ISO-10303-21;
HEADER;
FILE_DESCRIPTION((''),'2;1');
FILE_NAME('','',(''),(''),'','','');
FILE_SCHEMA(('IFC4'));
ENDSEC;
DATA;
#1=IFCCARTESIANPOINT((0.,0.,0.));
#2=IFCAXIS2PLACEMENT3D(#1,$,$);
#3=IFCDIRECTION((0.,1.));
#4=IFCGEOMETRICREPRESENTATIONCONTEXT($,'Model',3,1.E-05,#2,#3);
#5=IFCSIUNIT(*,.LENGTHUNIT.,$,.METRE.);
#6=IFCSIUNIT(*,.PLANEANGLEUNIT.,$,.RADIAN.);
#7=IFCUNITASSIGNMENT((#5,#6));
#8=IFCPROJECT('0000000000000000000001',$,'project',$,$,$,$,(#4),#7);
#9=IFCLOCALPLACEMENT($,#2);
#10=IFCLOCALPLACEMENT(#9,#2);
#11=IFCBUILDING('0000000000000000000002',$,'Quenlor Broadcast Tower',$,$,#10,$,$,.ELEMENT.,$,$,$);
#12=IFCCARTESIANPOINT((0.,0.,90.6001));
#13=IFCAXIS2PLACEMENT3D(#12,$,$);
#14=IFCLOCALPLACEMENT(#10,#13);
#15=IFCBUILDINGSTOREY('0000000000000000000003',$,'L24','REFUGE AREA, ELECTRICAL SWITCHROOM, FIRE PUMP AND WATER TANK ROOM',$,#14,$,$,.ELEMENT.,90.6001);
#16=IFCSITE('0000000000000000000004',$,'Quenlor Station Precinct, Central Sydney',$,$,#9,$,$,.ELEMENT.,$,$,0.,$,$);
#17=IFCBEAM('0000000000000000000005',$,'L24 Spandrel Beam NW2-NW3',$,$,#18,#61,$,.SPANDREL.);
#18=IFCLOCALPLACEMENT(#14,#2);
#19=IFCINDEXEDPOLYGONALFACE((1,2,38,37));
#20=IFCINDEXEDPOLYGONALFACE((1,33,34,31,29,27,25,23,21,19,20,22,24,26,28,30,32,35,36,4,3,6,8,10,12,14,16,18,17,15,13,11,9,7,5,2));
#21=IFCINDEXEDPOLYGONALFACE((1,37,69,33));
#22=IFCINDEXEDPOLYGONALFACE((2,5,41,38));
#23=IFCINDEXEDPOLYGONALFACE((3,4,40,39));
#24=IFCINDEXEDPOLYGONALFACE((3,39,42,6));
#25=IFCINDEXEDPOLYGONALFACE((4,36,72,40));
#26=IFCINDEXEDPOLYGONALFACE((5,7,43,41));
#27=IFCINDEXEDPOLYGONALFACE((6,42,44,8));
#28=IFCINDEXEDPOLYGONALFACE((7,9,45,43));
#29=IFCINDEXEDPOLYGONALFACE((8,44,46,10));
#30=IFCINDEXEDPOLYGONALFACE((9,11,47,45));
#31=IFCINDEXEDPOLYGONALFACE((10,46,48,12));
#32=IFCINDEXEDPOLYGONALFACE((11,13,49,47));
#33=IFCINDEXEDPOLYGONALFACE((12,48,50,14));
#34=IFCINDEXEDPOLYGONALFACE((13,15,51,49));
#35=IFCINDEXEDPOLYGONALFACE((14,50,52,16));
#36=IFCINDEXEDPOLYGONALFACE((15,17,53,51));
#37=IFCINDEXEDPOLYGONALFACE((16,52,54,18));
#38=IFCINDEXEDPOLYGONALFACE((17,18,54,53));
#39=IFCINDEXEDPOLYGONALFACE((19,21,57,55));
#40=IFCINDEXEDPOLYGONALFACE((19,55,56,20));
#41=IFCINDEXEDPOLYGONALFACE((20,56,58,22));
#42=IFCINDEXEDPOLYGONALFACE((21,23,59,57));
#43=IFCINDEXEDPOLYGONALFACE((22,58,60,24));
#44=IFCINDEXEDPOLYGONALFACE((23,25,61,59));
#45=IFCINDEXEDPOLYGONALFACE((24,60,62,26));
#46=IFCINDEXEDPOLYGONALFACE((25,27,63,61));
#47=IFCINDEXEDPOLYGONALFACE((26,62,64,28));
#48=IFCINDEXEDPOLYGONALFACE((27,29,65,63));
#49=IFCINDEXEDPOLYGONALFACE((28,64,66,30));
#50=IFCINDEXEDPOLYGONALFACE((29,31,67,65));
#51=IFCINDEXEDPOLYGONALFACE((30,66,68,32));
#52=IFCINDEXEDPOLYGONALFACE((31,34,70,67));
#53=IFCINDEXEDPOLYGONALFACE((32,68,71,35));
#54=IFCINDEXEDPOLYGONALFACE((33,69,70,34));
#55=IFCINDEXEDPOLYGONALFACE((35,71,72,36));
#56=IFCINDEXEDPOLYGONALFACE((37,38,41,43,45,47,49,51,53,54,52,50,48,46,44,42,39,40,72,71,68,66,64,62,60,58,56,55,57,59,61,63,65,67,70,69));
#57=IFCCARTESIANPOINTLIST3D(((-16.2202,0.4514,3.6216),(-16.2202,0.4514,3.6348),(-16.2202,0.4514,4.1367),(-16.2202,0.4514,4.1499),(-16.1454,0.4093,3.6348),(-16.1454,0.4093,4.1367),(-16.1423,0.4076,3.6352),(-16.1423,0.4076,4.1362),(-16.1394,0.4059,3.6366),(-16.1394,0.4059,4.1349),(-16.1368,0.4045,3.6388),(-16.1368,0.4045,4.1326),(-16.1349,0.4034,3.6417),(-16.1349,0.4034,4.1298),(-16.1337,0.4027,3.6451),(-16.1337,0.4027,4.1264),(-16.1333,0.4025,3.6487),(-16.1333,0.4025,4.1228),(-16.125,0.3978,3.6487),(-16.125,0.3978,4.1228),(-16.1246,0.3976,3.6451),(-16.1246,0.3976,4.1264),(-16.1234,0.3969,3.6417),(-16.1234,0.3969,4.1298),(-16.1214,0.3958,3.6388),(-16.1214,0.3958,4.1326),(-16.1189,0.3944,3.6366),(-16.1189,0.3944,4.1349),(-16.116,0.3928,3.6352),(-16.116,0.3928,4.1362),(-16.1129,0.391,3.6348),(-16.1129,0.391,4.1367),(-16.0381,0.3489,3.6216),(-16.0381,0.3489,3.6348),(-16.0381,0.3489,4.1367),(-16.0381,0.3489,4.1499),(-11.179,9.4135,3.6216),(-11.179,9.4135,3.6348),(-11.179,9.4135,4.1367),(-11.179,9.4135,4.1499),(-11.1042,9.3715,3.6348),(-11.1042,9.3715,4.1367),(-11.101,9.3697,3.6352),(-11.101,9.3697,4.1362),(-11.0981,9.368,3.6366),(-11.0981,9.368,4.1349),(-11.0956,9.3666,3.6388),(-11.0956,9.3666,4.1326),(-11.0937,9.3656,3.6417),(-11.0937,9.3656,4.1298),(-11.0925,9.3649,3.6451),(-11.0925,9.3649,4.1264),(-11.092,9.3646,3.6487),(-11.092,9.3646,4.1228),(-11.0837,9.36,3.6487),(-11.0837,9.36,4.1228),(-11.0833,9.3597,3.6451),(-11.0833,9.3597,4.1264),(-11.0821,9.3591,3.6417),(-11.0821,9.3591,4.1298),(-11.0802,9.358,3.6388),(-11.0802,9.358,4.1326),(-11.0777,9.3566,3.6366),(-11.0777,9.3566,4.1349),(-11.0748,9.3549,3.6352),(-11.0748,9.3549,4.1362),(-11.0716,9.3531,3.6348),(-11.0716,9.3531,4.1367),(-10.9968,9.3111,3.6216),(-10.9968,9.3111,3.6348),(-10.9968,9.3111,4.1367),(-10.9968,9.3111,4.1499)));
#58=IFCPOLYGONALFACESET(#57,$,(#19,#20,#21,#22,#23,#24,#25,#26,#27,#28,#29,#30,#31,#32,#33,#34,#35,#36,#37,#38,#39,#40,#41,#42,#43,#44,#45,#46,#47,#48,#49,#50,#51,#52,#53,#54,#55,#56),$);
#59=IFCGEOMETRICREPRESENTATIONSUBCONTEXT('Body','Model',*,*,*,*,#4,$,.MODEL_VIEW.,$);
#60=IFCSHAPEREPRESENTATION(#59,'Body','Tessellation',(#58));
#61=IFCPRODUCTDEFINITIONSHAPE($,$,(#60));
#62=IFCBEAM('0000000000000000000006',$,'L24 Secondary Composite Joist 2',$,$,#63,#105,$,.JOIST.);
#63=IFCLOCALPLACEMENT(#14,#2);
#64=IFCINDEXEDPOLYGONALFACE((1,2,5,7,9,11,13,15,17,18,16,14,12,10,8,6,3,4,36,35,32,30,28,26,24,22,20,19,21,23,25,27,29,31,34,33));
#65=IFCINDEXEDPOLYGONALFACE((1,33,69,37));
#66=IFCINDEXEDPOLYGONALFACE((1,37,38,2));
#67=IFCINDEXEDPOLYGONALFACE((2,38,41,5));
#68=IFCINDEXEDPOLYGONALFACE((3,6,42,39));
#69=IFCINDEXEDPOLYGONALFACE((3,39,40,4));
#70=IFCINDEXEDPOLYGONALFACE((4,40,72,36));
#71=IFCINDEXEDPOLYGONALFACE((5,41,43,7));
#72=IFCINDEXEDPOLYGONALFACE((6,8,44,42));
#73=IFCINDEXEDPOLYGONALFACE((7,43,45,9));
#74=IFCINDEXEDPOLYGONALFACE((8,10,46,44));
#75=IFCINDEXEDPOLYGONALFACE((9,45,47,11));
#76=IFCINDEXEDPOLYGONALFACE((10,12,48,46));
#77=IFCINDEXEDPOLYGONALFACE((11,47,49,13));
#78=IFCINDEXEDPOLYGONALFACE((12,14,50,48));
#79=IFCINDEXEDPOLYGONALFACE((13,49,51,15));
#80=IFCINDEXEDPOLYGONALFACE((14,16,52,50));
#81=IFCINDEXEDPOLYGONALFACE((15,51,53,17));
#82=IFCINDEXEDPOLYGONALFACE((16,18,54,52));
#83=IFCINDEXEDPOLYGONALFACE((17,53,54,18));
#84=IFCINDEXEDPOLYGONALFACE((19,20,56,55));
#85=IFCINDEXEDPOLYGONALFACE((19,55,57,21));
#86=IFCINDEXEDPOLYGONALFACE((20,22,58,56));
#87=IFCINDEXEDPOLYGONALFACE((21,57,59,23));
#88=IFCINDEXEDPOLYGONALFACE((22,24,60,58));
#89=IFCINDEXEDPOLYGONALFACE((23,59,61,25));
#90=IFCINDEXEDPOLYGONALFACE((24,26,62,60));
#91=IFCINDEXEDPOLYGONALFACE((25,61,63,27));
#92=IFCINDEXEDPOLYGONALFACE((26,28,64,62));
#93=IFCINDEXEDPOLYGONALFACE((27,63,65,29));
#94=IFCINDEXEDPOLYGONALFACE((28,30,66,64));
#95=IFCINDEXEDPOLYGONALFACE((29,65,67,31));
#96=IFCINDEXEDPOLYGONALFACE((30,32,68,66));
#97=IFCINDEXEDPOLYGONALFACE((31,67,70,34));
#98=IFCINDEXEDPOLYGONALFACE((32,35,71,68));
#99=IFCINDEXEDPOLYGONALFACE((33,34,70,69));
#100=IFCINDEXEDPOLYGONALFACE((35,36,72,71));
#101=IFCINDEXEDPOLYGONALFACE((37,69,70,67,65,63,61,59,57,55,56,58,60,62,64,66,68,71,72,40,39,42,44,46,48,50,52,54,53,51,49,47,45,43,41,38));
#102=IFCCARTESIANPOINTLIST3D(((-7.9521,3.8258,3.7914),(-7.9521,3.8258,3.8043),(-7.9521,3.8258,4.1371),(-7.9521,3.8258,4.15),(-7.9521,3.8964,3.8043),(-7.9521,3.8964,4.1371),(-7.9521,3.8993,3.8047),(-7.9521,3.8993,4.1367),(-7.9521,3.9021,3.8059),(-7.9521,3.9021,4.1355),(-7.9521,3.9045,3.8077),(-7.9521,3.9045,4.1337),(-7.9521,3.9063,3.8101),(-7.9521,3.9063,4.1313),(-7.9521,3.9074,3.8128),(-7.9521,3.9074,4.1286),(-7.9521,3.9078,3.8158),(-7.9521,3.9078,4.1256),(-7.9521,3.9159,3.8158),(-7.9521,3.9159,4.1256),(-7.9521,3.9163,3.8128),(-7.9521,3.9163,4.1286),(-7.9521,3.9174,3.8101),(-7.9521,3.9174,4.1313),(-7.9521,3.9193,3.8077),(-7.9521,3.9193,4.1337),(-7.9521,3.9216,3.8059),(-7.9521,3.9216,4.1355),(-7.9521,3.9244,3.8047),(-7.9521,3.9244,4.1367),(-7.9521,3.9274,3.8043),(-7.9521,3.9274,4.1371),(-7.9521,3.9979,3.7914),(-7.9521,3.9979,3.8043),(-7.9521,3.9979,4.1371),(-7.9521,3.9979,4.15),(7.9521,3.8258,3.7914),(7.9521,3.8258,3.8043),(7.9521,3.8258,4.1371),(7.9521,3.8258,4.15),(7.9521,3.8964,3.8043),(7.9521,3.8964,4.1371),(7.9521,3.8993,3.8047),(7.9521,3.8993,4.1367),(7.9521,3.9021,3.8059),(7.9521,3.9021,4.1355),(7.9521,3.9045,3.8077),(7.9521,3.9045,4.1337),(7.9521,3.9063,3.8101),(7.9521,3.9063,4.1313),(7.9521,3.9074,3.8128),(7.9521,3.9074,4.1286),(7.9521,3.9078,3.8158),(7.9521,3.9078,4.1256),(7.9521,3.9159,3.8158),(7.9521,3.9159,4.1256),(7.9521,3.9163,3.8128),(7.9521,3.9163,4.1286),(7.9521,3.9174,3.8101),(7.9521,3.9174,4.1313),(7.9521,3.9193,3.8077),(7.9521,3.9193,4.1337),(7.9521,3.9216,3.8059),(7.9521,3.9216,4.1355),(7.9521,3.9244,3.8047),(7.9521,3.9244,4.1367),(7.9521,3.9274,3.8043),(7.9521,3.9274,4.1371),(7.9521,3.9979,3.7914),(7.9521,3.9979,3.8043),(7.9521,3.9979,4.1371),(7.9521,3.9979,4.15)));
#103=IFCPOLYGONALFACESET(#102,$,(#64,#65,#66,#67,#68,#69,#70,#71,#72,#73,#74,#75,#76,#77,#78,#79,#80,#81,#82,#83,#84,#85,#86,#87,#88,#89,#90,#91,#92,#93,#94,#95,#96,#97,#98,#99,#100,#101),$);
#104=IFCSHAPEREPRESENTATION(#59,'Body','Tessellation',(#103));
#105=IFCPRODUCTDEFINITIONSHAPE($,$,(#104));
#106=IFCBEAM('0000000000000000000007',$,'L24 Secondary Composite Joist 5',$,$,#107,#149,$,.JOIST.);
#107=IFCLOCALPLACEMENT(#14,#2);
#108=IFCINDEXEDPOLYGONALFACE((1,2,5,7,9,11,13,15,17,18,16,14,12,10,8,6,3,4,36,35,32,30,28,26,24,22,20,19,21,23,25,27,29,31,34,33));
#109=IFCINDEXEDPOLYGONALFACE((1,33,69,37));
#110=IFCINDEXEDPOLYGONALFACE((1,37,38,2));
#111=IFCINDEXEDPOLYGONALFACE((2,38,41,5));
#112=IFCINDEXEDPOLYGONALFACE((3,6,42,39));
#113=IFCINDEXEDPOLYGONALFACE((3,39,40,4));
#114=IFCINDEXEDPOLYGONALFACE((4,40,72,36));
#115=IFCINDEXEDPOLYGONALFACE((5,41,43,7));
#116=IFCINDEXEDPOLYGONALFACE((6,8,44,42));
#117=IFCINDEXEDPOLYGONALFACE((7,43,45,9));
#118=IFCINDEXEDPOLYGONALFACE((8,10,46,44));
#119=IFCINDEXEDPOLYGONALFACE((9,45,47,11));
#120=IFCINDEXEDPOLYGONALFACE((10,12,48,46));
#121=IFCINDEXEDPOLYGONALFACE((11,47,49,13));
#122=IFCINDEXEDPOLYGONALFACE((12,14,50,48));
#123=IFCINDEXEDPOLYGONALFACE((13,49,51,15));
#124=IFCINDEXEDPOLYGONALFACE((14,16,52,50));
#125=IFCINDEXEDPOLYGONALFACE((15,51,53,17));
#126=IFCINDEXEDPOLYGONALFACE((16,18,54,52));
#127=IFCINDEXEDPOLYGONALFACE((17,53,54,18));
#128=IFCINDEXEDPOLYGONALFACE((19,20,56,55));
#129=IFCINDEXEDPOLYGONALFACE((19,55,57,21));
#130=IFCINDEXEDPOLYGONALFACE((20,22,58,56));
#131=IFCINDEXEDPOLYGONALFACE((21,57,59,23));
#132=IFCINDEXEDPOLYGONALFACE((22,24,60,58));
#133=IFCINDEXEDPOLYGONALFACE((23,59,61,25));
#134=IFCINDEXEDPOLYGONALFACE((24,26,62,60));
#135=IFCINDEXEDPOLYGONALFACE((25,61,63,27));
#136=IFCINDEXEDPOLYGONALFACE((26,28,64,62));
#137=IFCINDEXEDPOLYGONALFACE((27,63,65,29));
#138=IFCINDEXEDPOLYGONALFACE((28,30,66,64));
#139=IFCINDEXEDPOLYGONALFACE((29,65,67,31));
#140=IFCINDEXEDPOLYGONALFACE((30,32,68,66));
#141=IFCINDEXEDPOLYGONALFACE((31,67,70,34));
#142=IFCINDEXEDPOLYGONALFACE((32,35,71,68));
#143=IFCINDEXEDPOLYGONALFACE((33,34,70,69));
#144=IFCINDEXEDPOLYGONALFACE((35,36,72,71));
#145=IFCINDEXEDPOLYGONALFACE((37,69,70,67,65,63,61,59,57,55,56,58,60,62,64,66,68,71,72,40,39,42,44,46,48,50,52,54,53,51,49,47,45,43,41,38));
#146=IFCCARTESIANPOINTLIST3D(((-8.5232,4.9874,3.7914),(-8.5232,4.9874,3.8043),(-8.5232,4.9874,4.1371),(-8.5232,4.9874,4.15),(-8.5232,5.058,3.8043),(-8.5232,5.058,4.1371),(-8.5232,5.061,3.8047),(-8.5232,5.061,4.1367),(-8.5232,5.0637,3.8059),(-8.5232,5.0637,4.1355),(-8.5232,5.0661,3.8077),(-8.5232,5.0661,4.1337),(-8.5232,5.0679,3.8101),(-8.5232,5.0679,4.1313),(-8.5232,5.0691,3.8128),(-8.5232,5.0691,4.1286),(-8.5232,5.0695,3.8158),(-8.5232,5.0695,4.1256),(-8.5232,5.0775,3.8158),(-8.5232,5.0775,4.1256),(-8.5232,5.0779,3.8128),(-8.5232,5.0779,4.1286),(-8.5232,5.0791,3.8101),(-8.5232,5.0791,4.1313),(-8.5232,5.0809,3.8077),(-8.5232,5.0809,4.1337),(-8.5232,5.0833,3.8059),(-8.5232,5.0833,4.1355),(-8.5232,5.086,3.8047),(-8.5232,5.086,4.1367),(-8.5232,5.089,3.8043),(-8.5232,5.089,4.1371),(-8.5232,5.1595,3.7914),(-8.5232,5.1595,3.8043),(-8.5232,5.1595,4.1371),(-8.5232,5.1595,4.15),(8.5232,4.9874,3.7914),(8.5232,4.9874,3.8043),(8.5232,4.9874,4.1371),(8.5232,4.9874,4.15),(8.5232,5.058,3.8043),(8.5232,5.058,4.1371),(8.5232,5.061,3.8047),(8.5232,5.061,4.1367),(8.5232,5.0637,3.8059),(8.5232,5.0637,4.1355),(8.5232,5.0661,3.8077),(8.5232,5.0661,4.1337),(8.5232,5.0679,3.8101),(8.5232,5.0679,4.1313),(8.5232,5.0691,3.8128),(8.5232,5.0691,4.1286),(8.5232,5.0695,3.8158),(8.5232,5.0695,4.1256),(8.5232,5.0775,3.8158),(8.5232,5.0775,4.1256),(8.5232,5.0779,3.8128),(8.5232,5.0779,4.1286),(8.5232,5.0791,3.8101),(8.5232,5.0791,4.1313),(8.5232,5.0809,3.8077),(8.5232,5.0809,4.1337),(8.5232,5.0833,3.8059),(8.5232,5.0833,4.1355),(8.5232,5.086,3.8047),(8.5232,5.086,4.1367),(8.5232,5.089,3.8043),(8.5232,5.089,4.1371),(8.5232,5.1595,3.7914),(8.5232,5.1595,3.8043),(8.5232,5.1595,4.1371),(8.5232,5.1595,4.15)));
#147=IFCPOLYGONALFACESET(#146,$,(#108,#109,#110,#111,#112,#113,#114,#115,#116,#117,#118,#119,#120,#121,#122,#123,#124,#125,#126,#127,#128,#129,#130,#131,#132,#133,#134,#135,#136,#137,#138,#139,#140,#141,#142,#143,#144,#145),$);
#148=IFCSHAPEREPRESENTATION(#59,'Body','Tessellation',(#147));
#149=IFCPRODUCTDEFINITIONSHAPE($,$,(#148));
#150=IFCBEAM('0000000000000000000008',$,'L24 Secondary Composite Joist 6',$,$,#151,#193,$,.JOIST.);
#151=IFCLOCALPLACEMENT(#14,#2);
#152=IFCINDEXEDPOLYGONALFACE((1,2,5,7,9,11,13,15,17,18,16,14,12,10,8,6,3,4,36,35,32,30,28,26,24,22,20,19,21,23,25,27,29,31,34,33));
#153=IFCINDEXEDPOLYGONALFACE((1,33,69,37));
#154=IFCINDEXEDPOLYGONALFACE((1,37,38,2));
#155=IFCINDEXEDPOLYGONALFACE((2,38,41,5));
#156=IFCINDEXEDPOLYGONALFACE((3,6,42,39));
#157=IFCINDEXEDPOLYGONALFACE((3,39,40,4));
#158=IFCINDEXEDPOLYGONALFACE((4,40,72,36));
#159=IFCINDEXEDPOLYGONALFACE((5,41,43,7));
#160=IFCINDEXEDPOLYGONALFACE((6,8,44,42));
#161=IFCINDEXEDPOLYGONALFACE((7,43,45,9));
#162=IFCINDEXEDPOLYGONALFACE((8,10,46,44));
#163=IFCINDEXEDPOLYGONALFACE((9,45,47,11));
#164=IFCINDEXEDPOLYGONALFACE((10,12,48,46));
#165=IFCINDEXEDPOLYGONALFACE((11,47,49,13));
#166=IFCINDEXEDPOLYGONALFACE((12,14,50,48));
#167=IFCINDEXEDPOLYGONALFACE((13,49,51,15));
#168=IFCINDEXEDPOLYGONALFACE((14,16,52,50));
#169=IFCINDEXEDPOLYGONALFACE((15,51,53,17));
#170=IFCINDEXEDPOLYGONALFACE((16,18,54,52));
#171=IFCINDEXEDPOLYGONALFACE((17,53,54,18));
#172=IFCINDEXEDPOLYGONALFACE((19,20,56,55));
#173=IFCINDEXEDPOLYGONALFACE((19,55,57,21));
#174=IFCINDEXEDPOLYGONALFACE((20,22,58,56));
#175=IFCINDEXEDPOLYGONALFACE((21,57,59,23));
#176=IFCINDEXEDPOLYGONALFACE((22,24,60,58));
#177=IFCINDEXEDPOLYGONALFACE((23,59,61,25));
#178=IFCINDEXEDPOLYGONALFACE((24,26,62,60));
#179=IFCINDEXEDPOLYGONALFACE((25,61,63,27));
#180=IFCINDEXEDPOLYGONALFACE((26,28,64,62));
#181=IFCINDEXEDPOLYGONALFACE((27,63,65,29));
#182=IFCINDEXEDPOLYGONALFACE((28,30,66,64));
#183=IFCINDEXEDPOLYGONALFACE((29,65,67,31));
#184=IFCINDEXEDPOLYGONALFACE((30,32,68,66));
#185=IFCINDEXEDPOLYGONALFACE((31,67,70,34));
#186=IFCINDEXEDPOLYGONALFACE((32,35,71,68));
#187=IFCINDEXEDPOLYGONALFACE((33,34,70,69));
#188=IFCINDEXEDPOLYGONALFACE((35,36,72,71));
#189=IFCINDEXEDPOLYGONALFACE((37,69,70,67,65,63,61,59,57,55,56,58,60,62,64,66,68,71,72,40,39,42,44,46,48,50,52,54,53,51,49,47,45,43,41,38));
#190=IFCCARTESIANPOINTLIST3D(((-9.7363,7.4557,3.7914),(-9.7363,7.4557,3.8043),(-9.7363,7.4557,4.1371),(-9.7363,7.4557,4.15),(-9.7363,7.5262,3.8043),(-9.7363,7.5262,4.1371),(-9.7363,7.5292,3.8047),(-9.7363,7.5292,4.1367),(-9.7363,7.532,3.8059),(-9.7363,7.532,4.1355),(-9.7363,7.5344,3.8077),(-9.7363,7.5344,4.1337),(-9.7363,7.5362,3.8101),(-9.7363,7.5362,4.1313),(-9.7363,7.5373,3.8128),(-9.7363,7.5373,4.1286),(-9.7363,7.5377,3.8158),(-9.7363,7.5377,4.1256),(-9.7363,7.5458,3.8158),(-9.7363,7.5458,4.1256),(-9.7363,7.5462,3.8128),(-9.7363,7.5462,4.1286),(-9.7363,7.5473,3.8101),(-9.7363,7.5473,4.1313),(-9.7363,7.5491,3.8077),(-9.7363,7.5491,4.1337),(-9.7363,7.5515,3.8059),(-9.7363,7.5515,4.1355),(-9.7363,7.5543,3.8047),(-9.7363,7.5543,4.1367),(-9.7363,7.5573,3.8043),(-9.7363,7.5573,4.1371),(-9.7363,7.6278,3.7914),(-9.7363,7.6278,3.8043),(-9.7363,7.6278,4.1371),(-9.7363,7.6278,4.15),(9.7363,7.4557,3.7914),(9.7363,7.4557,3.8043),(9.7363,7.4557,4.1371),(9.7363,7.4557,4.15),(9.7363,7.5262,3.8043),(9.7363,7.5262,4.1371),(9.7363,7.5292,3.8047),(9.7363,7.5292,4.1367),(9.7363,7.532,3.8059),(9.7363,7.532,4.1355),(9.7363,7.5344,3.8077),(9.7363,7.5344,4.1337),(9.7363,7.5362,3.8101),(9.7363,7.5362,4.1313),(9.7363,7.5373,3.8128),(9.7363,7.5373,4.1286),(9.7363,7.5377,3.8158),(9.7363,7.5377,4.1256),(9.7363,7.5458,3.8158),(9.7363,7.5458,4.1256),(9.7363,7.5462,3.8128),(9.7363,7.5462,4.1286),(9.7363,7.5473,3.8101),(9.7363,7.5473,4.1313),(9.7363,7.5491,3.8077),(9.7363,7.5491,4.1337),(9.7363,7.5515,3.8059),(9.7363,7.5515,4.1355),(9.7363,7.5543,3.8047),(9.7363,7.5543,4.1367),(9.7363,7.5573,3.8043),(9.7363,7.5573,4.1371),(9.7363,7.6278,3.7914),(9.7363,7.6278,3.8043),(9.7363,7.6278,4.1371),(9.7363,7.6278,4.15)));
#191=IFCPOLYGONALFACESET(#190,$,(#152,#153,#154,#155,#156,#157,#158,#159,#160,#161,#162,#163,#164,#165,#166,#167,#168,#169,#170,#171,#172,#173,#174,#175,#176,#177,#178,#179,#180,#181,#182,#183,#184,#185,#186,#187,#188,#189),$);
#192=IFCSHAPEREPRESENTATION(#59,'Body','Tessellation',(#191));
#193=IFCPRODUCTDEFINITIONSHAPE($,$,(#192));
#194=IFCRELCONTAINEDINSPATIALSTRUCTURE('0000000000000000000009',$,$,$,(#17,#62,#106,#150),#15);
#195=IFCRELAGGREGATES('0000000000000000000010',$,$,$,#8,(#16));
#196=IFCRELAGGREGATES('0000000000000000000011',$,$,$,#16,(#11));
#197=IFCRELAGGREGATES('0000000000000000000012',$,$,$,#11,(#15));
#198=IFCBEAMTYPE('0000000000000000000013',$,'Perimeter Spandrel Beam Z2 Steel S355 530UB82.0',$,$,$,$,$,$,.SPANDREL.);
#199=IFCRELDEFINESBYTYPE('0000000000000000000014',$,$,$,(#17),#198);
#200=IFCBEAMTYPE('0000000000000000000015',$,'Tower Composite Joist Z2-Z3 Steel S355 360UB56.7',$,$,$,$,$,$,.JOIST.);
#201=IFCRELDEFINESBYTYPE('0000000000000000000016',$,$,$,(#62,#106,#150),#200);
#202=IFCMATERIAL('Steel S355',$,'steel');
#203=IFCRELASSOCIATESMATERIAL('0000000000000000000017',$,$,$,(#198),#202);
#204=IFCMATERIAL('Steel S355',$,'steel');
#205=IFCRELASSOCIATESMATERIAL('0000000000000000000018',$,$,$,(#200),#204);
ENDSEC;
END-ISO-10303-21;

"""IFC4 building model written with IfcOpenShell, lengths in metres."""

from ifc_helpers import new_model, si_unit, direction, frame, origin, origin_2d, place, context, subcontext, project, spatial, i_section, extrude, material, material_profile, profile_set, type_object, element, save


model = new_model("IFC4")

# Units and contexts
model_context = context("Model", 3, precision=1e-05, world=origin(), true_north=direction((0.0, 1.0)))
body_context = subcontext(model_context, "Body", "Model", "MODEL_VIEW")
ifc_project = project(units=[si_unit("LENGTHUNIT", "METRE"), si_unit("PLANEANGLEUNIT", "RADIAN")], contexts=[model_context])

# Site, building, storey
site_placement = place(None, origin())
site = spatial("IfcSite", under=ifc_project, at=site_placement, Name="Quenlor Station Precinct, Central Sydney", CompositionType="ELEMENT", RefElevation=0.0)
building_placement = place(site_placement, origin())
building = spatial("IfcBuilding", under=site, at=building_placement, Name="Quenlor Broadcast Tower", CompositionType="ELEMENT")
storey_placement = place(building_placement, frame((0.0, 0.0, 90.6001)))
storey = spatial("IfcBuildingStorey", under=building, at=storey_placement, Name="L24", Description="REFUGE AREA, ELECTRICAL SWITCHROOM, FIRE PUMP AND WATER TANK ROOM", CompositionType="ELEMENT", Elevation=90.6001)

# Beams
ifc_material_1 = material(Name="Steel S355", Category="steel")
ifc_material_profile_1 = material_profile(ifc_material_1, i_section(OverallWidth=0.209, OverallDepth=0.5283, WebThickness=0.0095, FlangeThickness=0.0132, FilletRadius=0.0139, at=origin_2d()))
ifc_profile_set_1 = profile_set([ifc_material_profile_1], Name="Steel S355 530UB82.0")
beam_type_1 = type_object("IfcBeamType", Name="Perimeter Spandrel Beam Z2 Steel S355 530UB82.0", PredefinedType="SPANDREL", material=ifc_profile_set_1)
beam_1_placement = place(storey_placement, frame((-11.0879, 9.3623, 3.8857), z_axis=(-0.490265, -0.871574, 0.0), x_axis=(0.871574, -0.490265, 0.0)))
element("IfcBeam", 1, at=beam_1_placement, inside=storey, type_object=beam_type_1, Name="L24 Spandrel Beam NW2-NW3", PredefinedType="SPANDREL", context=body_context, shape_type="SweptSolid", body=[
    extrude(i_section(OverallWidth=0.209, OverallDepth=0.5283, WebThickness=0.0095, FlangeThickness=0.0132, FilletRadius=0.0139, at=origin_2d()), origin(), (0.0, 0.0, 1.0), 10.2827),
])
ifc_material_2 = material(Name="Steel S355", Category="steel")
ifc_material_profile_2 = material_profile(ifc_material_2, i_section(OverallWidth=0.1721, OverallDepth=0.3586, WebThickness=0.0081, FlangeThickness=0.0129, FilletRadius=0.0115, at=origin_2d()))
ifc_profile_set_2 = profile_set([ifc_material_profile_2], Name="Steel S355 360UB56.7")
beam_type_2 = type_object("IfcBeamType", Name="Tower Composite Joist Z2-Z3 Steel S355 360UB56.7", PredefinedType="JOIST", material=ifc_profile_set_2)
beam_2_placement = place(storey_placement, frame((-7.9521, 3.9119, 3.9707), z_axis=(1.0, 0.0, 0.0), x_axis=(0.0, 1.0, 0.0)))
element("IfcBeam", 2, at=beam_2_placement, inside=storey, type_object=beam_type_2, Name="L24 Secondary Composite Joist 2", PredefinedType="JOIST", context=body_context, shape_type="SweptSolid", body=[
    extrude(i_section(OverallWidth=0.1721, OverallDepth=0.3586, WebThickness=0.0081, FlangeThickness=0.0129, FilletRadius=0.0115, at=origin_2d()), origin(), (0.0, 0.0, 1.0), 15.9043),
])
beam_3_placement = place(storey_placement, frame((-8.5232, 5.0735, 3.9707), z_axis=(1.0, 0.0, 0.0), x_axis=(0.0, 1.0, 0.0)))
element("IfcBeam", 3, at=beam_3_placement, inside=storey, type_object=beam_type_2, Name="L24 Secondary Composite Joist 5", PredefinedType="JOIST", context=body_context, shape_type="SweptSolid", body=[
    extrude(i_section(OverallWidth=0.1721, OverallDepth=0.3586, WebThickness=0.0081, FlangeThickness=0.0129, FilletRadius=0.0115, at=origin_2d()), origin(), (0.0, 0.0, 1.0), 17.0464),
])
beam_4_placement = place(storey_placement, frame((-9.7363, 7.5417, 3.9707), z_axis=(1.0, 0.0, 0.0), x_axis=(0.0, 1.0, 0.0)))
element("IfcBeam", 4, at=beam_4_placement, inside=storey, type_object=beam_type_2, Name="L24 Secondary Composite Joist 6", PredefinedType="JOIST", context=body_context, shape_type="SweptSolid", body=[
    extrude(i_section(OverallWidth=0.1721, OverallDepth=0.3586, WebThickness=0.0081, FlangeThickness=0.0129, FilletRadius=0.0115, at=origin_2d()), origin(), (0.0, 0.0, 1.0), 19.4727),
])

save(model, "model.ifc")
